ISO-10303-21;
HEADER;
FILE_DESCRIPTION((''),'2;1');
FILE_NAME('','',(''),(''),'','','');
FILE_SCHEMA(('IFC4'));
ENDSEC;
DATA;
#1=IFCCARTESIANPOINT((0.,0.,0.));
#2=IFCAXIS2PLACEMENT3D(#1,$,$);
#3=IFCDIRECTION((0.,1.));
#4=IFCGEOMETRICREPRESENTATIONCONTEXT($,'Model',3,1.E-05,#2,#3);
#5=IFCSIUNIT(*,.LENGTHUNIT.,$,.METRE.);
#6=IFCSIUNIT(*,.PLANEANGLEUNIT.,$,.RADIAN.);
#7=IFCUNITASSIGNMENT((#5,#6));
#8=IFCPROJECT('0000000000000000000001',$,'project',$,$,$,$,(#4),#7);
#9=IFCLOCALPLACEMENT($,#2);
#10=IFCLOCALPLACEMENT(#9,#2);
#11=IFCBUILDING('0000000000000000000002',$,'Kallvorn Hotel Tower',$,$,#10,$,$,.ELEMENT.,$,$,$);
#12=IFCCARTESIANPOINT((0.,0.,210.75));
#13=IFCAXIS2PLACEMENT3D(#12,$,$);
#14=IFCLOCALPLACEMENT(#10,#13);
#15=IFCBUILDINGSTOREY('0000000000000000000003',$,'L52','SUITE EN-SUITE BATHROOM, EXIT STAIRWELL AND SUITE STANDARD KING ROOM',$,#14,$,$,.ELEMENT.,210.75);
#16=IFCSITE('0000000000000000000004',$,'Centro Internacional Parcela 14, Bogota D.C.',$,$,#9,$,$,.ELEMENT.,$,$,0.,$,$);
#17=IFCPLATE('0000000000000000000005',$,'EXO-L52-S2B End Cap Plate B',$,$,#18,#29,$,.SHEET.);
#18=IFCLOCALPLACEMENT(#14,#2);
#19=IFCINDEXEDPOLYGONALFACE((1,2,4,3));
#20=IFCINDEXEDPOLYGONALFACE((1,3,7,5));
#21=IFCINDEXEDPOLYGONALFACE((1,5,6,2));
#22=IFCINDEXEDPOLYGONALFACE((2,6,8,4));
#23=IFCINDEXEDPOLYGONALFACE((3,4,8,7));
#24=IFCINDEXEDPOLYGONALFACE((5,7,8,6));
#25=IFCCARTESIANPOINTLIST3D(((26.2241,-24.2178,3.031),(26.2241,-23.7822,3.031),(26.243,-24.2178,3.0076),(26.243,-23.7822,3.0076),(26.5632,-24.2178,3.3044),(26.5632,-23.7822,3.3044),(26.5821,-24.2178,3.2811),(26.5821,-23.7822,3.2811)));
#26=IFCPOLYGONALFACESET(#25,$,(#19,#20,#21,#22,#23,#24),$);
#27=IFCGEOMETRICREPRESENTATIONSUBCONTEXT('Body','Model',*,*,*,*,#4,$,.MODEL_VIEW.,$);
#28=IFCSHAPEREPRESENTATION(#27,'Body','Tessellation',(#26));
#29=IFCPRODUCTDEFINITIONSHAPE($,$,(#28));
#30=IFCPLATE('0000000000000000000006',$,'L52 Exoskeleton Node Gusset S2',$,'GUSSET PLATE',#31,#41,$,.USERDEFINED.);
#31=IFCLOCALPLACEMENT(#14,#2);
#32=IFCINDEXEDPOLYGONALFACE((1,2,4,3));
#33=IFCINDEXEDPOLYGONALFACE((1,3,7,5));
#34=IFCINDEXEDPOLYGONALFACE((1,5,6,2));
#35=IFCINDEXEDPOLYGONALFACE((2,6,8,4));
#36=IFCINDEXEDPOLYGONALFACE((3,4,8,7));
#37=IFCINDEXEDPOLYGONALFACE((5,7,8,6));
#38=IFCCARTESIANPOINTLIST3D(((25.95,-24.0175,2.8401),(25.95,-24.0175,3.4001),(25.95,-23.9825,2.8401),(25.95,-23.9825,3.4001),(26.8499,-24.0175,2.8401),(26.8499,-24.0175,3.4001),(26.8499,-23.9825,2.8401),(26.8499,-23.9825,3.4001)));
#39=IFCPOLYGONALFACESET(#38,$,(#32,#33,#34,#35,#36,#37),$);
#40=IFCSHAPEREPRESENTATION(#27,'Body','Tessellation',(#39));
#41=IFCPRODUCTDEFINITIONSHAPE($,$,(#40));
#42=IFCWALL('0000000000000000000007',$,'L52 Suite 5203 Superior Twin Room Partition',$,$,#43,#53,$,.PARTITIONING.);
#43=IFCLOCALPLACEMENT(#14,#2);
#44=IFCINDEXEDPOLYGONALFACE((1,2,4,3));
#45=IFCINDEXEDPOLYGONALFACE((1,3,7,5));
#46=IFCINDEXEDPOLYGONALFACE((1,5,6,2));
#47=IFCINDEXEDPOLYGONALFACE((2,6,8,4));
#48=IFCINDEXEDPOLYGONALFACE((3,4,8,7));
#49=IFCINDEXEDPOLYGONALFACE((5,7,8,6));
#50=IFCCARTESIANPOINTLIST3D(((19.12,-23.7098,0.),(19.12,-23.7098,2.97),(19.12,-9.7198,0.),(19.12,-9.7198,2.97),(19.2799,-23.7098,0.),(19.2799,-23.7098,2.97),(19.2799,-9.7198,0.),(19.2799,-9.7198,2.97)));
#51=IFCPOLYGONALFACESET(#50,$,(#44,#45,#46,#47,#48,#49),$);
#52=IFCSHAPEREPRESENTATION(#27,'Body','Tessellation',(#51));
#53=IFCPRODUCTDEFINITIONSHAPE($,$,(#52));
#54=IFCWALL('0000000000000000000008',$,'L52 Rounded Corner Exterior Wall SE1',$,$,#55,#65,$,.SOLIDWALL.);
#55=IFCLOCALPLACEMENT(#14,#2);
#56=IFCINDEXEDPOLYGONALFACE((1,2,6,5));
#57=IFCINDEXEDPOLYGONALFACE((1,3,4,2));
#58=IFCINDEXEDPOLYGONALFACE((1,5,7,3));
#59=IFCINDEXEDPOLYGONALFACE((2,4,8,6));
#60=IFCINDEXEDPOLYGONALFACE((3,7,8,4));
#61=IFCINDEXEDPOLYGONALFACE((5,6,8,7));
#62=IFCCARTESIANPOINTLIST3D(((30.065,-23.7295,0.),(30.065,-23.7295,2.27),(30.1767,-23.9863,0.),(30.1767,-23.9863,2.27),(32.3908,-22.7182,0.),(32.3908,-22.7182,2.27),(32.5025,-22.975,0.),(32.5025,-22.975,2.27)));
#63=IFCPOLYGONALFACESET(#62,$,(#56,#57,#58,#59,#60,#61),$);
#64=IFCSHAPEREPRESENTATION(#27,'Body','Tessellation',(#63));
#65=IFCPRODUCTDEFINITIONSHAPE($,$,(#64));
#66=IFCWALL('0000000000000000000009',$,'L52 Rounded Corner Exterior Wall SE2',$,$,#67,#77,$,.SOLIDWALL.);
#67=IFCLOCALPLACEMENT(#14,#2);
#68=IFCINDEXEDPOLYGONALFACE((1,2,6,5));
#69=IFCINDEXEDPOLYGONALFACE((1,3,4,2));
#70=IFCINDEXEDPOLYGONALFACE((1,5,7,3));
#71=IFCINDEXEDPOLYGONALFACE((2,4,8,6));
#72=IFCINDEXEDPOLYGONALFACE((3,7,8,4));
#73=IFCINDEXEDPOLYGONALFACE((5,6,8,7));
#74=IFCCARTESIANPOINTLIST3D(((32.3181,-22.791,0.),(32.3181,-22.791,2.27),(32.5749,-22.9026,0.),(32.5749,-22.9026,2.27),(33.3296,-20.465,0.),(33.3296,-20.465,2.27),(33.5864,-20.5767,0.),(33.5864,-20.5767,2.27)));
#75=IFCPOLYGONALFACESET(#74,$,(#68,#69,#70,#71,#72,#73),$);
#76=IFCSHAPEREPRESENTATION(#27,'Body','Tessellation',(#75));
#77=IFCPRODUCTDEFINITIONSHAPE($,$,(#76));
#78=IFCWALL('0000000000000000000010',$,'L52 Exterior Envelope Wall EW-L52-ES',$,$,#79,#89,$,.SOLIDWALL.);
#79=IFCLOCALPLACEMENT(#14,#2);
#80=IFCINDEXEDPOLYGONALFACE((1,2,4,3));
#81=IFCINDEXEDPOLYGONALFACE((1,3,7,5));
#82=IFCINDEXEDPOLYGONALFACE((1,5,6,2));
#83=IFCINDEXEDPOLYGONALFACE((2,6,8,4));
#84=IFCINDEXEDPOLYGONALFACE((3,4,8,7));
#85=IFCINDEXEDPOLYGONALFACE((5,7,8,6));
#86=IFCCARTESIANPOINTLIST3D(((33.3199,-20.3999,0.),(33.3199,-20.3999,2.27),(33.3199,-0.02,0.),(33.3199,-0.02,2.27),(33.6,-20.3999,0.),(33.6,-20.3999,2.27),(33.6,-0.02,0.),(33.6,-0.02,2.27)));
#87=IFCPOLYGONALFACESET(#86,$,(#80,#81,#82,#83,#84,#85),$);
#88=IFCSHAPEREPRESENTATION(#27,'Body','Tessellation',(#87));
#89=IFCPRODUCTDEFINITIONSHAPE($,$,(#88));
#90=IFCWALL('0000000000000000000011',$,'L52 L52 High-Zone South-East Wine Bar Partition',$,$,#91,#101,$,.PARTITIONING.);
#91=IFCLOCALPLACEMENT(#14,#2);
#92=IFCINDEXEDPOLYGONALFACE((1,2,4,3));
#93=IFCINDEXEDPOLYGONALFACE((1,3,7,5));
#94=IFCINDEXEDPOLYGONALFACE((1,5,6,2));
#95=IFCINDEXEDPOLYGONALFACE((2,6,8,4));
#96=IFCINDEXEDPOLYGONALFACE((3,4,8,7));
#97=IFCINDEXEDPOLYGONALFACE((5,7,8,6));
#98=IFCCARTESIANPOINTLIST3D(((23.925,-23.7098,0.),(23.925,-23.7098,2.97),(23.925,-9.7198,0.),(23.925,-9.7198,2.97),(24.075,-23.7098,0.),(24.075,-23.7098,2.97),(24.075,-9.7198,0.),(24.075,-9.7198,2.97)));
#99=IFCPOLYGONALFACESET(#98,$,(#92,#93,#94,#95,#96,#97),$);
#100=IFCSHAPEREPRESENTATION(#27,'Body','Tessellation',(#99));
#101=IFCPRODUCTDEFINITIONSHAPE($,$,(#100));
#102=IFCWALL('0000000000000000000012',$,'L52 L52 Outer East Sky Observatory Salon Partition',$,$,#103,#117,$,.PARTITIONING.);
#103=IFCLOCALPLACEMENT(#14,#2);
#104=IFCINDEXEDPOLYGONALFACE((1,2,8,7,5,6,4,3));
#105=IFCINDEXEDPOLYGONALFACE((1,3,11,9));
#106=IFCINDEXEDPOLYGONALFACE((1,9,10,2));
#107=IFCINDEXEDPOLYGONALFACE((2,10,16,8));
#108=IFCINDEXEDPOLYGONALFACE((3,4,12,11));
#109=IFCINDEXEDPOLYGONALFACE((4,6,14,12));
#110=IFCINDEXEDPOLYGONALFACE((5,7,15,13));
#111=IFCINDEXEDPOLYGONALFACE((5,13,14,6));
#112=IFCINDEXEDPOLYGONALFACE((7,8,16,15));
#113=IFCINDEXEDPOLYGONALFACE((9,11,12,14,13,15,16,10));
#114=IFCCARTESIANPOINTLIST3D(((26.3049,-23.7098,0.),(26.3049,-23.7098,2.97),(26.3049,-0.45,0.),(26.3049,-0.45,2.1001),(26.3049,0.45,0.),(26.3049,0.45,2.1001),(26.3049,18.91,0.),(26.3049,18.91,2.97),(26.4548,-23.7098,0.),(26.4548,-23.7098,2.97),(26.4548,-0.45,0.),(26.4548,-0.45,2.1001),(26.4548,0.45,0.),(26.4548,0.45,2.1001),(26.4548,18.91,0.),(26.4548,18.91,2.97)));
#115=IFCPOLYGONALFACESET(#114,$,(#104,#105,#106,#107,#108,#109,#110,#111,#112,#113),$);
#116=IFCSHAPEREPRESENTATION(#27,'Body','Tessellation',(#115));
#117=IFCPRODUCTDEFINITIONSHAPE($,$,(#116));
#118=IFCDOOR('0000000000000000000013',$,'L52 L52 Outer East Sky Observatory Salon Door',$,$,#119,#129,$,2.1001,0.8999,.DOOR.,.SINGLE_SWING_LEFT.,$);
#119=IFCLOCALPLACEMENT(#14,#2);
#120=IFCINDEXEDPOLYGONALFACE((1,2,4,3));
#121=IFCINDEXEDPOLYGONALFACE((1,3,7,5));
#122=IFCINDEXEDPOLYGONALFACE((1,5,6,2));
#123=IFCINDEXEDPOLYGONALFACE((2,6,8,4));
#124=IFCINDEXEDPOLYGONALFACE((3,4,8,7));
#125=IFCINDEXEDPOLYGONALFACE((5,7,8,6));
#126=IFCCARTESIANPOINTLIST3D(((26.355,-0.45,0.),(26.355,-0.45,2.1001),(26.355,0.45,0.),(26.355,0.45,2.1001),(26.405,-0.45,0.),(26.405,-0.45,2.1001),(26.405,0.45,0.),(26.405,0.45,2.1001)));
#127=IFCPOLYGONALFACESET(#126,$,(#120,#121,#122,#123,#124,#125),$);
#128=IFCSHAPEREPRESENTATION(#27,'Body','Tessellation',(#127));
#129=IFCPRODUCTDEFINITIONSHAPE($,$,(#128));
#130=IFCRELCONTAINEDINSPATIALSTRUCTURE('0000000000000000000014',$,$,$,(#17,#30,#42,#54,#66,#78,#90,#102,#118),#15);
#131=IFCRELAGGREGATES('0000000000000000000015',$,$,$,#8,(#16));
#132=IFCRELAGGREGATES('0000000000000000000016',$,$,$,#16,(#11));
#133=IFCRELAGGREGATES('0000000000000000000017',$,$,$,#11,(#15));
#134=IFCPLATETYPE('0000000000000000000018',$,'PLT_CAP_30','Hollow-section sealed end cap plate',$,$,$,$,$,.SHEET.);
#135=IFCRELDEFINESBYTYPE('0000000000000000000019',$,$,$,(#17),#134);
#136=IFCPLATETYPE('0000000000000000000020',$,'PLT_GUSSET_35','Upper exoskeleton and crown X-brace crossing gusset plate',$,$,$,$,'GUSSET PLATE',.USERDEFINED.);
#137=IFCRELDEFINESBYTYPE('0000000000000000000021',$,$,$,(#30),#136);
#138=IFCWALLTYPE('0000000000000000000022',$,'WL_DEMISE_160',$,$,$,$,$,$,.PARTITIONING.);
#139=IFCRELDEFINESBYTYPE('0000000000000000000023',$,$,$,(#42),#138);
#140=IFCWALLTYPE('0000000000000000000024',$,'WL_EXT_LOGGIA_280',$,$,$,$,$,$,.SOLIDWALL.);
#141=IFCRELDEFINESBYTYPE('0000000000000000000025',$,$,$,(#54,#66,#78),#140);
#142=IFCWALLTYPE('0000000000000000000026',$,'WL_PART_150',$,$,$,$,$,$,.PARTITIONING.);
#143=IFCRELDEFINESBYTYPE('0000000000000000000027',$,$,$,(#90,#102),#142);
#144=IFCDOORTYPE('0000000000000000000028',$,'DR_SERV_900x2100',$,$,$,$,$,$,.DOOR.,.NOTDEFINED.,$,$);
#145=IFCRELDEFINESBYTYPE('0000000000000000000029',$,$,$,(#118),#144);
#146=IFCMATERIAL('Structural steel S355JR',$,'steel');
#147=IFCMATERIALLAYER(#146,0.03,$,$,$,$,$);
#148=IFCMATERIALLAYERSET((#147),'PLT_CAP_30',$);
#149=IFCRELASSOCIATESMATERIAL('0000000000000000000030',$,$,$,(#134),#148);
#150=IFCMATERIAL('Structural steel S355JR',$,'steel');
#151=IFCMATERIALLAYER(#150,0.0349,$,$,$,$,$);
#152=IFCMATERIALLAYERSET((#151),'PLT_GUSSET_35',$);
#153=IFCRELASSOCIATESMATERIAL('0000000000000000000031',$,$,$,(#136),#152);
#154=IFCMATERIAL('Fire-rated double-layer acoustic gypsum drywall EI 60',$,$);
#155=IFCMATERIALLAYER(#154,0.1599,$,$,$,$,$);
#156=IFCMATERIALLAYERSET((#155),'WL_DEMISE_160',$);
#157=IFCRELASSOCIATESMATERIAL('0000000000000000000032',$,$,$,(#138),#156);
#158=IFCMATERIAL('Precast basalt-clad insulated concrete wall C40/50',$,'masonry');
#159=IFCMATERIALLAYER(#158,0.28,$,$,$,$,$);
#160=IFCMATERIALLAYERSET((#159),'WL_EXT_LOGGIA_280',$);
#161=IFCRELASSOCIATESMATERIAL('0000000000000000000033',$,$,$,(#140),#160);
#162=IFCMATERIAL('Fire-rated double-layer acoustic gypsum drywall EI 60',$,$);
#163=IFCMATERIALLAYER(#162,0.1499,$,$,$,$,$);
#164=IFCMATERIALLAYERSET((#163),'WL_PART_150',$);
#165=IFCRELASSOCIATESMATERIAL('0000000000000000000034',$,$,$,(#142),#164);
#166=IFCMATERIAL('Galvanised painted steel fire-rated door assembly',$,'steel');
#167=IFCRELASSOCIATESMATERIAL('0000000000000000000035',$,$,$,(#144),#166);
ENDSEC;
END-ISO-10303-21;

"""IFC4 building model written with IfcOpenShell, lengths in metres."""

from ifc_helpers import new_model, si_unit, direction, frame, frame_2d, origin, origin_2d, place, context, subcontext, project, spatial, polyline, rectangle, outline, extrude, material, layer, layer_set, type_object, element, fill, save


model = new_model("IFC4")

# Units and contexts
model_context = context("Model", 3, precision=1e-05, world=origin(), true_north=direction((0.0, 1.0)))
body_context = subcontext(model_context, "Body", "Model", "MODEL_VIEW")
ifc_project = project(units=[si_unit("LENGTHUNIT", "METRE"), si_unit("PLANEANGLEUNIT", "RADIAN")], contexts=[model_context])

# Site, building, storey
site_placement = place(None, origin())
site = spatial("IfcSite", under=ifc_project, at=site_placement, Name="Centro Internacional Parcela 14, Bogota D.C.", CompositionType="ELEMENT", RefElevation=0.0)
building_placement = place(site_placement, origin())
building = spatial("IfcBuilding", under=site, at=building_placement, Name="Kallvorn Hotel Tower", CompositionType="ELEMENT")
storey_placement = place(building_placement, frame((0.0, 0.0, 210.75)))
storey = spatial("IfcBuildingStorey", under=building, at=storey_placement, Name="L52", Description="SUITE EN-SUITE BATHROOM, EXIT STAIRWELL AND SUITE STANDARD KING ROOM", CompositionType="ELEMENT", Elevation=210.75)

# Plates
ifc_material_1 = material(Name="Structural steel S355JR", Category="steel")
ifc_layer_1 = layer(ifc_material_1, 0.03)
ifc_layer_set_1 = layer_set([ifc_layer_1], Name="PLT_CAP_30")
plate_type_1 = type_object("IfcPlateType", Name="PLT_CAP_30", Description="Hollow-section sealed end cap plate", PredefinedType="SHEET", material=ifc_layer_set_1)
for number, where, z_axis, x_axis, name in (
    (1, (26.2241, -23.7822, 3.031), (-0.627698, 0.0, 0.778457), (0.0, -1.0, 0.0), "EXO-L52-S2B End Cap Plate B"),
):
    element("IfcPlate", number, at=place(storey_placement, frame(where, z_axis=z_axis, x_axis=x_axis)), inside=storey, type_object=plate_type_1, Name=name, PredefinedType="SHEET", context=body_context, shape_type="SweptSolid", body=[
        extrude(outline(polyline([(0.0, 0.0), (0.4355, 0.0), (0.4355, 0.4356), (0.0, 0.4356), (0.0, 0.0)])), origin(), (0.0, 0.0, -1.0), 0.03),
    ])
ifc_material_2 = material(Name="Structural steel S355JR", Category="steel")
ifc_layer_2 = layer(ifc_material_2, 0.0349)
ifc_layer_set_2 = layer_set([ifc_layer_2], Name="PLT_GUSSET_35")
plate_type_2 = type_object("IfcPlateType", Name="PLT_GUSSET_35", Description="Upper exoskeleton and crown X-brace crossing gusset plate", ElementType="GUSSET PLATE", PredefinedType="USERDEFINED", material=ifc_layer_set_2)
plate_placement = place(storey_placement, frame((26.3999, -24.0, 2.8401), z_axis=(0.0, 0.0, 1.0), x_axis=(1.0, 0.0, 0.0)))
element("IfcPlate", 2, at=plate_placement, inside=storey, type_object=plate_type_2, Name="L52 Exoskeleton Node Gusset S2", ObjectType="GUSSET PLATE", PredefinedType="USERDEFINED", context=body_context, shape_type="SweptSolid", body=[
    extrude(rectangle(XDim=0.8999, YDim=0.0349, at=origin_2d()), origin(), (0.0, 0.0, 1.0), 0.5601),
])

# Walls
ifc_material_3 = material(Name="Fire-rated double-layer acoustic gypsum drywall EI 60")
ifc_layer_3 = layer(ifc_material_3, 0.1599)
ifc_layer_set_3 = layer_set([ifc_layer_3], Name="WL_DEMISE_160")
wall_type_1 = type_object("IfcWallType", Name="WL_DEMISE_160", PredefinedType="PARTITIONING", material=ifc_layer_set_3)
wall_1_placement = place(storey_placement, frame((19.2, -23.71, 0.0), z_axis=(0.0, 0.0, 1.0), x_axis=(0.0, 1.0, 0.0)))
element("IfcWall", 3, at=wall_1_placement, inside=storey, type_object=wall_type_1, Name="L52 Suite 5203 Superior Twin Room Partition", PredefinedType="PARTITIONING", context=body_context, shape_type="SweptSolid", body=[
    extrude(rectangle(XDim=13.99, YDim=0.1599, at=frame_2d((6.9951, 0.0))), origin(), (0.0, 0.0, 1.0), 2.97),
])
ifc_material_4 = material(Name="Precast basalt-clad insulated concrete wall C40/50", Category="masonry")
ifc_layer_4 = layer(ifc_material_4, 0.28)
ifc_layer_set_4 = layer_set([ifc_layer_4], Name="WL_EXT_LOGGIA_280")
wall_type_2 = type_object("IfcWallType", Name="WL_EXT_LOGGIA_280", PredefinedType="SOLIDWALL", material=ifc_layer_set_4)
wall_2_placement = place(storey_placement, frame((30.1208, -23.8579, 0.0), z_axis=(0.0, 0.0, 1.0), x_axis=(0.917061, 0.398747, 0.0)))
element("IfcWall", 4, at=wall_2_placement, inside=storey, type_object=wall_type_2, Name="L52 Rounded Corner Exterior Wall SE1", PredefinedType="SOLIDWALL", context=body_context, shape_type="SweptSolid", body=[
    extrude(rectangle(XDim=2.5361, YDim=0.28, at=frame_2d((1.2681, 0.0))), origin(), (0.0, 0.0, 1.0), 2.27),
])
wall_3_placement = place(storey_placement, frame((32.4465, -22.8467, 0.0), z_axis=(0.0, 0.0, 1.0), x_axis=(0.398793, 0.917041, 0.0)))
element("IfcWall", 5, at=wall_3_placement, inside=storey, type_object=wall_type_2, Name="L52 Rounded Corner Exterior Wall SE2", PredefinedType="SOLIDWALL", context=body_context, shape_type="SweptSolid", body=[
    extrude(rectangle(XDim=2.5364, YDim=0.28, at=frame_2d((1.2681, 0.0))), origin(), (0.0, 0.0, 1.0), 2.27),
])
wall_4_placement = place(storey_placement, frame((33.46, -20.3999, 0.0), z_axis=(0.0, 0.0, 1.0), x_axis=(0.0, 1.0, 0.0)))
element("IfcWall", 6, at=wall_4_placement, inside=storey, type_object=wall_type_2, Name="L52 Exterior Envelope Wall EW-L52-ES", PredefinedType="SOLIDWALL", context=body_context, shape_type="SweptSolid", body=[
    extrude(rectangle(XDim=20.3799, YDim=0.28, at=frame_2d((10.1899, 0.0))), origin(), (0.0, 0.0, 1.0), 2.27),
])
ifc_material_5 = material(Name="Fire-rated double-layer acoustic gypsum drywall EI 60")
ifc_layer_5 = layer(ifc_material_5, 0.1499)
ifc_layer_set_5 = layer_set([ifc_layer_5], Name="WL_PART_150")
wall_type_3 = type_object("IfcWallType", Name="WL_PART_150", PredefinedType="PARTITIONING", material=ifc_layer_set_5)
wall_5_placement = place(storey_placement, frame((24.0, -23.71, 0.0), z_axis=(0.0, 0.0, 1.0), x_axis=(0.0, 1.0, 0.0)))
element("IfcWall", 7, at=wall_5_placement, inside=storey, type_object=wall_type_3, Name="L52 L52 High-Zone South-East Wine Bar Partition", PredefinedType="PARTITIONING", context=body_context, shape_type="SweptSolid", body=[
    extrude(rectangle(XDim=13.99, YDim=0.1499, at=frame_2d((6.9951, 0.0))), origin(), (0.0, 0.0, 1.0), 2.97),
])

# Wall, opening, door
wall_6_placement = place(storey_placement, frame((26.3799, -23.71, 0.0), z_axis=(0.0, 0.0, 1.0), x_axis=(0.0, 1.0, 0.0)))
wall_6 = element("IfcWall", 8, at=wall_6_placement, inside=storey, type_object=wall_type_3, Name="L52 L52 Outer East Sky Observatory Salon Partition", PredefinedType="PARTITIONING", context=body_context, shape_type="SweptSolid", body=[
    extrude(rectangle(XDim=42.6199, YDim=0.1499, at=frame_2d((21.3101, 0.0))), origin(), (0.0, 0.0, 1.0), 2.97),
])
opening_placement = place(wall_6_placement, frame((23.26, 0.0, 0.0)))
opening = element("IfcOpeningElement", 9, at=opening_placement, cuts=wall_6, PredefinedType="OPENING", context=body_context, shape_type="SweptSolid", body=[
    extrude(rectangle(XDim=0.8999, YDim=2.1001, at=frame_2d((0.45, 1.05))), frame((0.0, 0.0898, 0.0), z_axis=(0.0, -1.0, 0.0), x_axis=(1.0, 0.0, 0.0)), (0.0, 0.0, 1.0), 0.1799),
])
ifc_material_6 = material(Name="Galvanised painted steel fire-rated door assembly", Category="steel")
door_type = type_object("IfcDoorType", Name="DR_SERV_900x2100", OperationType="NOTDEFINED", PredefinedType="DOOR", material=ifc_material_6)
door_placement = place(opening_placement, origin())
door = element("IfcDoor", 10, at=door_placement, inside=storey, type_object=door_type, Name="L52 L52 Outer East Sky Observatory Salon Door", OperationType="SINGLE_SWING_LEFT", OverallHeight=2.1001, OverallWidth=0.8999, PredefinedType="DOOR", context=body_context, shape_type="SweptSolid", body=[
    extrude(rectangle(XDim=0.8999, YDim=2.1001, at=frame_2d((0.45, 1.05))), frame((0.0, 0.0249, 0.0), z_axis=(0.0, -1.0, 0.0), x_axis=(1.0, 0.0, 0.0)), (0.0, 0.0, 1.0), 0.05),
])
fill(opening, door)

save(model, "model.ifc")
